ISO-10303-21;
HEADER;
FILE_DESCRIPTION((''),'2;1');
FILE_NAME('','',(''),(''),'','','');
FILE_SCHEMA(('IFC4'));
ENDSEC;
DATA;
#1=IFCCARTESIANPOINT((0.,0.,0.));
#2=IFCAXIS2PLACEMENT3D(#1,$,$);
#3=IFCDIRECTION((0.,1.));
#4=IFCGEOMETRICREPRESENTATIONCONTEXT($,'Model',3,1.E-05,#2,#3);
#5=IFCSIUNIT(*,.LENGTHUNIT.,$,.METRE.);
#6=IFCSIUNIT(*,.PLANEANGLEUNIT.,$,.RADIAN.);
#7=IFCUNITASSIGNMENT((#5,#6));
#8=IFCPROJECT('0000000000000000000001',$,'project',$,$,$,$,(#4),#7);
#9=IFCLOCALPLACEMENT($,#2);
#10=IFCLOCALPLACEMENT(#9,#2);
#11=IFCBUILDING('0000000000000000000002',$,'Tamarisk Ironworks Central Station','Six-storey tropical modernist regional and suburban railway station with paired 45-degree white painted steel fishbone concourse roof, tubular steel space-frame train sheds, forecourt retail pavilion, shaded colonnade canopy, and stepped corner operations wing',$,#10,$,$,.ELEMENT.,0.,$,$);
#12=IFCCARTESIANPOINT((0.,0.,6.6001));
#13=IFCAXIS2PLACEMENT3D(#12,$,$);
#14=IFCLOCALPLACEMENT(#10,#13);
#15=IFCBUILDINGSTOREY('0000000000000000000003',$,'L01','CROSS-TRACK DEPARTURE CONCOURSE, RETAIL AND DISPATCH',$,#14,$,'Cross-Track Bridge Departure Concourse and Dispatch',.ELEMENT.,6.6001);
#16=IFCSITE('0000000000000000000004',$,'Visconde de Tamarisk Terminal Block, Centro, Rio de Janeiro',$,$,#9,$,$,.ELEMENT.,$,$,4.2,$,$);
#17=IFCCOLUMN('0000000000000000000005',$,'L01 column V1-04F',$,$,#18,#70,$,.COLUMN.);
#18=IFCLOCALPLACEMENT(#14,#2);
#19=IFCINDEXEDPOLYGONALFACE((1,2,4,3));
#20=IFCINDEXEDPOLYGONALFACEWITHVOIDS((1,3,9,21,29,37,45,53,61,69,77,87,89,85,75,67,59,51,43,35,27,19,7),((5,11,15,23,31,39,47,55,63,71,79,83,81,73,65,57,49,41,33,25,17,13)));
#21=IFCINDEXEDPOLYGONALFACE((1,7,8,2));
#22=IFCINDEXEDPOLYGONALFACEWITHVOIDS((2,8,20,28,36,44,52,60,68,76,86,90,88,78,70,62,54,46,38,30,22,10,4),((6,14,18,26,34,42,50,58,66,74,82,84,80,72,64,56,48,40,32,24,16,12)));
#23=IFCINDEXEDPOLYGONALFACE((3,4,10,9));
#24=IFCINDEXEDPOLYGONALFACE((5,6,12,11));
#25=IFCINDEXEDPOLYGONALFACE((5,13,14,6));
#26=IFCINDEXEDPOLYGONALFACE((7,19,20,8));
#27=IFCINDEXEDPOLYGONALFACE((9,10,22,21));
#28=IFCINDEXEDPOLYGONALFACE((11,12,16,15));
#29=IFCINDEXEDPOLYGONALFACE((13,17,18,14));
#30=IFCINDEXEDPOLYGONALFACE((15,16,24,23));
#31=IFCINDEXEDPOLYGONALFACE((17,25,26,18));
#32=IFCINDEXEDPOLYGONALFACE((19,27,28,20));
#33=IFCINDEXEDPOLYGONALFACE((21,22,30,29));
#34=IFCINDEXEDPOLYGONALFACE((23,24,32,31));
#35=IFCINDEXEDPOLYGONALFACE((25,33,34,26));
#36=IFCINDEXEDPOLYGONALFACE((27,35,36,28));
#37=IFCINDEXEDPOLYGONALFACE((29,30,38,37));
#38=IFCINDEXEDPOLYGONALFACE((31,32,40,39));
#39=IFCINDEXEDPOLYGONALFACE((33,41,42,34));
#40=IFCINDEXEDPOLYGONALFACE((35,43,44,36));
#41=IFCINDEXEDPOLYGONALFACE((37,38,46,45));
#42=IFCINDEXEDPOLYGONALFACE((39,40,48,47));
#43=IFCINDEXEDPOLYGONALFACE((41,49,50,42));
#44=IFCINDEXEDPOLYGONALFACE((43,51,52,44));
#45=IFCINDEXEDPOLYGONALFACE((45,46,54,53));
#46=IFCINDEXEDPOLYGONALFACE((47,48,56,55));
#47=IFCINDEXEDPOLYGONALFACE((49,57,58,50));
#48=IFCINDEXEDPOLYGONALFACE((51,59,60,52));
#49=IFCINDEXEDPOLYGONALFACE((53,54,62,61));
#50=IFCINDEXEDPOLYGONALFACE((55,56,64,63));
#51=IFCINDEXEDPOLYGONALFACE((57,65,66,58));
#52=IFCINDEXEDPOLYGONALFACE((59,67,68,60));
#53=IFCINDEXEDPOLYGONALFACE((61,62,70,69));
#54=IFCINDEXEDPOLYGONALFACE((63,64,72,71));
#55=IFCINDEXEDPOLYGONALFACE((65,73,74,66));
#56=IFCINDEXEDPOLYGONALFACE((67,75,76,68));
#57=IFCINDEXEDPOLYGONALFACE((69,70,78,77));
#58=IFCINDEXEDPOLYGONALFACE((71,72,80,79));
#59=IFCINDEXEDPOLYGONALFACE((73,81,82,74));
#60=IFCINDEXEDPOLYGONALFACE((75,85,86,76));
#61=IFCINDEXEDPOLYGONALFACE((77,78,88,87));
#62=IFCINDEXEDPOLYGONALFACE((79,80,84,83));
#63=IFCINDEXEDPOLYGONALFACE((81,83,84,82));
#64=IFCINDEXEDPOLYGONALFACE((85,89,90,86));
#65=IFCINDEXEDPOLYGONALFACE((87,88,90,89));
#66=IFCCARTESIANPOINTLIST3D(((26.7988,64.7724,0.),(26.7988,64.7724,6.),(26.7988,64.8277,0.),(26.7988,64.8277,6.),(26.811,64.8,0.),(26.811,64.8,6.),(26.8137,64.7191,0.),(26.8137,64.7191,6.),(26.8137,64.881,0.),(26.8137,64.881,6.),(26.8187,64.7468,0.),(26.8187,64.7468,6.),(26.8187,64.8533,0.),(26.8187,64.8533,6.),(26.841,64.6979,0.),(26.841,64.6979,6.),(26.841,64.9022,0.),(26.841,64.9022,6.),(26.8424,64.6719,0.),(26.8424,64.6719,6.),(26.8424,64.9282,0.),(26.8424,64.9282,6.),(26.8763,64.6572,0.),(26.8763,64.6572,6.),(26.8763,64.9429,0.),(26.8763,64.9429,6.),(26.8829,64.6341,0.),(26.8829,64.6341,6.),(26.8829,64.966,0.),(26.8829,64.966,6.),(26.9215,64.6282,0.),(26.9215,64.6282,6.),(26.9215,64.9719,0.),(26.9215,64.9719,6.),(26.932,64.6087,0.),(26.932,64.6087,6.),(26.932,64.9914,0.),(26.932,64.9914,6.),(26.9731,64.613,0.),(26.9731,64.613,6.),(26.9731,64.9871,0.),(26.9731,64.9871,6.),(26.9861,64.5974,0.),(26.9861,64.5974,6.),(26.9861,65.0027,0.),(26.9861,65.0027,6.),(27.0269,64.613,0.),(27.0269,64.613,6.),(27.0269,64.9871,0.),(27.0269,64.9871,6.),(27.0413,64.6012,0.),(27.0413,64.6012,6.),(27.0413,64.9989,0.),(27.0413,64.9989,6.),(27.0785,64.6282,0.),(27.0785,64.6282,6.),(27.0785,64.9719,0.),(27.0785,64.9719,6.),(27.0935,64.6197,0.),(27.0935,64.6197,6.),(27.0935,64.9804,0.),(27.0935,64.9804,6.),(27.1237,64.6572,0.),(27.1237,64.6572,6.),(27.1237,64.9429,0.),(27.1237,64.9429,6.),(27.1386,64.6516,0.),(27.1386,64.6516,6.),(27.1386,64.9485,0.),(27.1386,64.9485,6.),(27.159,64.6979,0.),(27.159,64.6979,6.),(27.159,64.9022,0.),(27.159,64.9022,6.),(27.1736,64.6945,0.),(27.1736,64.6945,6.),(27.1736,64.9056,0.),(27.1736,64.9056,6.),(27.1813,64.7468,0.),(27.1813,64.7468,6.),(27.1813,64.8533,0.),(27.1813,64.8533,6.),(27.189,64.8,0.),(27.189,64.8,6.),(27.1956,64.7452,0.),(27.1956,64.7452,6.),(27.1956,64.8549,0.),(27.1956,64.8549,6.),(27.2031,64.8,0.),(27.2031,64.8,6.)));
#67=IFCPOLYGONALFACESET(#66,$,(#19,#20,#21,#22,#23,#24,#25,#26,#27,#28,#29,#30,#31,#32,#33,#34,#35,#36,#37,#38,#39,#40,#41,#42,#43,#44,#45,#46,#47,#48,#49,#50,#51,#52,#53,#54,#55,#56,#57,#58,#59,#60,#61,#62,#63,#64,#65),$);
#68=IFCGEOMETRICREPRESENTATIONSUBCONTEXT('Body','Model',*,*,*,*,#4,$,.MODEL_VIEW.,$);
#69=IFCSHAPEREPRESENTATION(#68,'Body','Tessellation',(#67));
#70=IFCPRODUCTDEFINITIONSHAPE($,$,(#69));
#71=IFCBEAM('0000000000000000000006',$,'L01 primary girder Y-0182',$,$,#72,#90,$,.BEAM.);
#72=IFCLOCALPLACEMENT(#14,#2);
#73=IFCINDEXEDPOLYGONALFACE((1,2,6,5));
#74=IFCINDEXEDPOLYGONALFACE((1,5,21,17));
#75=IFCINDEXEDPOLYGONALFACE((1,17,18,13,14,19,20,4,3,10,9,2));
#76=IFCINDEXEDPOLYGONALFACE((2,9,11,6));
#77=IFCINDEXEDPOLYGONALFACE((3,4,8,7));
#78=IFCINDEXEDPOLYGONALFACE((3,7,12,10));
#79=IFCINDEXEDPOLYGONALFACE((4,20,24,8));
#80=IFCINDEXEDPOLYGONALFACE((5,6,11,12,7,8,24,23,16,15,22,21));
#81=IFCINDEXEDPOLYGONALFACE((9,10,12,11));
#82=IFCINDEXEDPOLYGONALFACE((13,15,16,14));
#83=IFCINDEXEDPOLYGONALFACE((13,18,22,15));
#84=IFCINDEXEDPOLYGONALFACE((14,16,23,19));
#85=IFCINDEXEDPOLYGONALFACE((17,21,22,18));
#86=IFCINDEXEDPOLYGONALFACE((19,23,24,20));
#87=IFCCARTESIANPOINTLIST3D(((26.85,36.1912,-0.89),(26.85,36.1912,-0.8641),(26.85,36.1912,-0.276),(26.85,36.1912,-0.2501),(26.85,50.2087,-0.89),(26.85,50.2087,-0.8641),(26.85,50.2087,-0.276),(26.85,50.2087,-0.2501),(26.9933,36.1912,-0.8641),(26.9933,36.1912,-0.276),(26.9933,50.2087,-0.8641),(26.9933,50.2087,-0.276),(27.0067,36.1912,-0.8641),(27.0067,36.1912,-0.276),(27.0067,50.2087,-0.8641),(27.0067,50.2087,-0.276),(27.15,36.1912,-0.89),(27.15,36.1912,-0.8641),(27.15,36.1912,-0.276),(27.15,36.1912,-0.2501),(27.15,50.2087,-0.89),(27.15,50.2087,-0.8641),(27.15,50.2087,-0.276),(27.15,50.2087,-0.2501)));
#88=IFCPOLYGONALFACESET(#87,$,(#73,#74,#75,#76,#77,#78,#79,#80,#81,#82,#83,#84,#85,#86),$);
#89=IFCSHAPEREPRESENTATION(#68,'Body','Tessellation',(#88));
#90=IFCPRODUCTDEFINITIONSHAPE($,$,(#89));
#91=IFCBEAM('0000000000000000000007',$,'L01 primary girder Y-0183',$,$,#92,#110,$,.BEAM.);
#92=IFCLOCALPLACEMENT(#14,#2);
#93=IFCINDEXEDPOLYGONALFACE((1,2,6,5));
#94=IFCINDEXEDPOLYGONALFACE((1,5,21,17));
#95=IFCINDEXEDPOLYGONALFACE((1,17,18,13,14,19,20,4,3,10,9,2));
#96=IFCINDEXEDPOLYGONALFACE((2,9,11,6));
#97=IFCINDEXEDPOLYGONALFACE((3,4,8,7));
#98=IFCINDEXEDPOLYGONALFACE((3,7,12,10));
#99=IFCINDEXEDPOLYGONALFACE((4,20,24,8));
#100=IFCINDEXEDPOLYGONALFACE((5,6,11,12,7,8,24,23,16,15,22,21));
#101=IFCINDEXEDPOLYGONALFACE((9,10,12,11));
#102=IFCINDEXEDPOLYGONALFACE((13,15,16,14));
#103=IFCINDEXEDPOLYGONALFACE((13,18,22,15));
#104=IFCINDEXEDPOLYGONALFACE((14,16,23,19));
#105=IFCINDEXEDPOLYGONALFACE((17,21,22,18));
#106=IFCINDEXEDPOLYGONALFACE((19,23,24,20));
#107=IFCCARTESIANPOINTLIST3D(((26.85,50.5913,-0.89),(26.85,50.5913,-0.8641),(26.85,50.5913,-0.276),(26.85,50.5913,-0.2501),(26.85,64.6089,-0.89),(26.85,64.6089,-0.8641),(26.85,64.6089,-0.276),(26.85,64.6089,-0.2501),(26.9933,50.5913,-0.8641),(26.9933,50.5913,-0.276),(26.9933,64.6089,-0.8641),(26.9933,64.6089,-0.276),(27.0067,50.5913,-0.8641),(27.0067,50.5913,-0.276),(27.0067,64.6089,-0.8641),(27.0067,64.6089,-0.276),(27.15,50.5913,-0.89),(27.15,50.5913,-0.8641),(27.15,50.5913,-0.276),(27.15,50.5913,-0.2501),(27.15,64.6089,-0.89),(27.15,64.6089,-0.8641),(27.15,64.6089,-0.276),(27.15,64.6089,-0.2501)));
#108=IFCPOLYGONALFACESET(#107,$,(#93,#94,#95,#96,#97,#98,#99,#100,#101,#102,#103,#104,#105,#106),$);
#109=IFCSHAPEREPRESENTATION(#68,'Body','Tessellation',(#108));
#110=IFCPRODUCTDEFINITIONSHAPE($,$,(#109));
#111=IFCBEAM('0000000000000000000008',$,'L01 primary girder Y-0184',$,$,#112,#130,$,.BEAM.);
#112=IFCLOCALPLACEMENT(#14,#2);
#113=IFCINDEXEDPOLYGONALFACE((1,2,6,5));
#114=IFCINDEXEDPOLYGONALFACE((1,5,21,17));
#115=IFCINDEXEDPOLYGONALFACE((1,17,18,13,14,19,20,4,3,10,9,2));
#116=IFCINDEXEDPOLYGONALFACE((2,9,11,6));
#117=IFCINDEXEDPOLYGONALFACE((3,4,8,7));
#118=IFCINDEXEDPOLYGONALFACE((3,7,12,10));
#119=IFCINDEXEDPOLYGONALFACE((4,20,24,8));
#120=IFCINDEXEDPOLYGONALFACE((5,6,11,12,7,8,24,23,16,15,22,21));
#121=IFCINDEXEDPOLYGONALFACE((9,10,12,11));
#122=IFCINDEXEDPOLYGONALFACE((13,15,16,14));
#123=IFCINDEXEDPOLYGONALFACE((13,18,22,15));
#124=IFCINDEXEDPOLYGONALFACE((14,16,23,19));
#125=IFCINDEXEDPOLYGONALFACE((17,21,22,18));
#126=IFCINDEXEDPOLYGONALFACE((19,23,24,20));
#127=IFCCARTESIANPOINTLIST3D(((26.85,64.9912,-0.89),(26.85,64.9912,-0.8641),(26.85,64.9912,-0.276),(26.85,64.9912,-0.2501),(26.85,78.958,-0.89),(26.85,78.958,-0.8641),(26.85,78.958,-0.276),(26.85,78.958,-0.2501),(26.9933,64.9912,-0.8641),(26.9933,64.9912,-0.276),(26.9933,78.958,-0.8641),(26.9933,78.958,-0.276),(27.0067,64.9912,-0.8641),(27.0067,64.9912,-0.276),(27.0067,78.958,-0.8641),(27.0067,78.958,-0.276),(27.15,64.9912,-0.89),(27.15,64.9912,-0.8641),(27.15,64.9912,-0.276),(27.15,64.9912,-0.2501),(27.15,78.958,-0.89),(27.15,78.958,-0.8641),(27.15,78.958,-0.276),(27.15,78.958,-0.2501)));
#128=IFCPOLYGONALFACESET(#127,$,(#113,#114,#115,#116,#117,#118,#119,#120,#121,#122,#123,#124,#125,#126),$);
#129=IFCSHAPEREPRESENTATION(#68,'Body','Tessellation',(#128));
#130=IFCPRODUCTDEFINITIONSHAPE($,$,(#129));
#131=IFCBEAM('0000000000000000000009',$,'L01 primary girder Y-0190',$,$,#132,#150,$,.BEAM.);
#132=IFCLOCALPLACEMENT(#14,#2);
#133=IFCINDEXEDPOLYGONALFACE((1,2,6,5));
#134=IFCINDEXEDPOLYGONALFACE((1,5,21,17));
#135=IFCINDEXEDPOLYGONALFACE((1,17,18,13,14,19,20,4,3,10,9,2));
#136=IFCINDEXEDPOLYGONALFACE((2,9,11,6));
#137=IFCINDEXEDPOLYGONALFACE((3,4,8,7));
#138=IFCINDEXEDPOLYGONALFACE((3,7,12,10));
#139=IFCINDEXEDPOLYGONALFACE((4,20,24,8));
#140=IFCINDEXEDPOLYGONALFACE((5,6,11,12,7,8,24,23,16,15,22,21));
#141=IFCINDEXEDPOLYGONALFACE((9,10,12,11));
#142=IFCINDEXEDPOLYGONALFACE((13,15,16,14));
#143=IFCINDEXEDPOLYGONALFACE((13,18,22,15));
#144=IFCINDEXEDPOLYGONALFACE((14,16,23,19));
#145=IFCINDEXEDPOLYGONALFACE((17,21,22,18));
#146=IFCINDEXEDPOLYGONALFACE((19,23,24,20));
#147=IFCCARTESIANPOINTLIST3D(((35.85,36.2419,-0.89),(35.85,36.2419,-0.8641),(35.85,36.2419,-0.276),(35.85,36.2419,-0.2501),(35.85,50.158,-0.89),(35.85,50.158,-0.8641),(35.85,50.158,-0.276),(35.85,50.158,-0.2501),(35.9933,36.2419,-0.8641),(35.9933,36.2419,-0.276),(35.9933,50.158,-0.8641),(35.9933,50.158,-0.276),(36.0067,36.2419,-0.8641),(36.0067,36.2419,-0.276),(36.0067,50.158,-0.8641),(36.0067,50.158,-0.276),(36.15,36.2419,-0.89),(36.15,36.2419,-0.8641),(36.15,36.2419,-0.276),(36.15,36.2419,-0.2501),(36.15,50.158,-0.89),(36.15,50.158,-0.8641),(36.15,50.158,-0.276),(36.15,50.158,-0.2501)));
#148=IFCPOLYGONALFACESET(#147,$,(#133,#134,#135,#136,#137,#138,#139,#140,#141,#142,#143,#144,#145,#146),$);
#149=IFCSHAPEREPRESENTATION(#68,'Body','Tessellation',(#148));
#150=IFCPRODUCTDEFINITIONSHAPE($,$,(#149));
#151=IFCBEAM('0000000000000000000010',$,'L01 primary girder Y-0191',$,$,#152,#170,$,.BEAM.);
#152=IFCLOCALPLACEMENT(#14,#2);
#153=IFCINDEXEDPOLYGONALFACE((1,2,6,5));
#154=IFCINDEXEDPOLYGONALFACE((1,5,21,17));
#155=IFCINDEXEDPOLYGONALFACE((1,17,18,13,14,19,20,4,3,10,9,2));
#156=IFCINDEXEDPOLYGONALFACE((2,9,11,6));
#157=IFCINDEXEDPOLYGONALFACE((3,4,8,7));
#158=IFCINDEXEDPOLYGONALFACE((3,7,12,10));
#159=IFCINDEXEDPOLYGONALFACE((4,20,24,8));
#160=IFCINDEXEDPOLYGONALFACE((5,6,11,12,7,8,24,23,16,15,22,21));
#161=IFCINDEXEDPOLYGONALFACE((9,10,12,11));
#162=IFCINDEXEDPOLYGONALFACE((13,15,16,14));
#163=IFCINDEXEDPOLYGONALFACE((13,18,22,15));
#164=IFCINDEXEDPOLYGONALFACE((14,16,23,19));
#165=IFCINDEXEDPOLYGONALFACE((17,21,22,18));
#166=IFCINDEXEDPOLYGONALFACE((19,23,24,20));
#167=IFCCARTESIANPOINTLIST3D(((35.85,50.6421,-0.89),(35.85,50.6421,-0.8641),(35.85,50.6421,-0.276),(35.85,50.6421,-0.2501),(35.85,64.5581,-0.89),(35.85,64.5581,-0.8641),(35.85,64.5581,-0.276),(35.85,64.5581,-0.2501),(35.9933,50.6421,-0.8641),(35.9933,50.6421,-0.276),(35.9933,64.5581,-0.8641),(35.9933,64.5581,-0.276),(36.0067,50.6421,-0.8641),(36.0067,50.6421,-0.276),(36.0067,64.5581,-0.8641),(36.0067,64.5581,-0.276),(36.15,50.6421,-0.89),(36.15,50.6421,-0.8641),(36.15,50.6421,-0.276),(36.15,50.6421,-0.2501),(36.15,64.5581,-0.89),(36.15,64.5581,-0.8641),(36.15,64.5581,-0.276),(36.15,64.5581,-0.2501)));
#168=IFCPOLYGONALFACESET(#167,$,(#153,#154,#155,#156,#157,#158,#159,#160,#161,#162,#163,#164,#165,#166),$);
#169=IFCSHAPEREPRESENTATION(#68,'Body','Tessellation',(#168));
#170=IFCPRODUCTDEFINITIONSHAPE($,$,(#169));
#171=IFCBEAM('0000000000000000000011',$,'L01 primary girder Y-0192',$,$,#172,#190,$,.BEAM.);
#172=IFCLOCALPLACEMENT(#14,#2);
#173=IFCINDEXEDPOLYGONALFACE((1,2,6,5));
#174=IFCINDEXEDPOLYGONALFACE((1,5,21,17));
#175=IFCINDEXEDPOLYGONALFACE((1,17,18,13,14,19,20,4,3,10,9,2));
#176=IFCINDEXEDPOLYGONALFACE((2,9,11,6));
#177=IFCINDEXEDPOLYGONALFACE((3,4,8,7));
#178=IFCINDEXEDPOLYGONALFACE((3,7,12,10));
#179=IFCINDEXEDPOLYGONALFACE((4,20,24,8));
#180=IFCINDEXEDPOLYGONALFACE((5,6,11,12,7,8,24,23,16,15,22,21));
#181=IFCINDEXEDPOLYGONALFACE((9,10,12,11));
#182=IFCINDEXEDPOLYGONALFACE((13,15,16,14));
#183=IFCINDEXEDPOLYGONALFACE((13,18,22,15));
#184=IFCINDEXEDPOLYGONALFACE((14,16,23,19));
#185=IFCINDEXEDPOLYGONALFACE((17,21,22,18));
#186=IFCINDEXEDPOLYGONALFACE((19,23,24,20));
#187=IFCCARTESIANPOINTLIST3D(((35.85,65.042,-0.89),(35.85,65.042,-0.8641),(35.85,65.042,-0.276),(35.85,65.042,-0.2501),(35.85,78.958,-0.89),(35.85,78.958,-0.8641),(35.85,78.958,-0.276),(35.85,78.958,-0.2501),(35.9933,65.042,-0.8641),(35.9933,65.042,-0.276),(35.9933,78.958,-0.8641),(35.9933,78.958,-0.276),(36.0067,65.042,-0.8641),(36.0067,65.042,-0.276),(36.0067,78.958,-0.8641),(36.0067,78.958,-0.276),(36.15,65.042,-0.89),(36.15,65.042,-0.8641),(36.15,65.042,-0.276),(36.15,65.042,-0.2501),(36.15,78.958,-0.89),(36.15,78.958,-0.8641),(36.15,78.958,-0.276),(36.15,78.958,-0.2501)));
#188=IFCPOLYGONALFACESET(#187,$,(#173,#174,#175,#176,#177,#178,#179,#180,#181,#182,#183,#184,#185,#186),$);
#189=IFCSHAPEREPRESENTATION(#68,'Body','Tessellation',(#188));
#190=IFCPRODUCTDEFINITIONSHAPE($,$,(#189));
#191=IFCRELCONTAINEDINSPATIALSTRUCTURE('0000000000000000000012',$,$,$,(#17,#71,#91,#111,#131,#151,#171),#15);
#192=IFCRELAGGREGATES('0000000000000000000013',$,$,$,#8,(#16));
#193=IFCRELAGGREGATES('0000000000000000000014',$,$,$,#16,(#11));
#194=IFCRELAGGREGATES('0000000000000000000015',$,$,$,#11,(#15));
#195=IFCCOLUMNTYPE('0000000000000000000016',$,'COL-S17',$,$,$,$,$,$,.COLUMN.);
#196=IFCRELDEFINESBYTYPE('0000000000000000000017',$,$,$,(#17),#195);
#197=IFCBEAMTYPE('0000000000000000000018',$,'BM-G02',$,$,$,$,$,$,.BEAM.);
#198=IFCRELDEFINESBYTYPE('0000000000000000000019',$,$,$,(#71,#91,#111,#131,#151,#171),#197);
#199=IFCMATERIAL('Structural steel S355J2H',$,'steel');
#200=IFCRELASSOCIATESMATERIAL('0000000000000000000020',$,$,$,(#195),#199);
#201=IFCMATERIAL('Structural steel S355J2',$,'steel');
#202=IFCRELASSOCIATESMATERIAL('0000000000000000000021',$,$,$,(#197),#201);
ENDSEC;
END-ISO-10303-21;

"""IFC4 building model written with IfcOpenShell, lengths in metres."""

from ifc_helpers import new_model, si_unit, direction, frame, origin, origin_2d, place, context, subcontext, project, spatial, hollow_circle, i_section, extrude, material, material_profile, profile_set, type_object, element, save


model = new_model("IFC4")

# Units and contexts
model_context = context("Model", 3, precision=1e-05, world=origin(), true_north=direction((0.0, 1.0)))
body_context = subcontext(model_context, "Body", "Model", "MODEL_VIEW")
ifc_project = project(units=[si_unit("LENGTHUNIT", "METRE"), si_unit("PLANEANGLEUNIT", "RADIAN")], contexts=[model_context])

# Site, building, storey
site_placement = place(None, origin())
site = spatial("IfcSite", under=ifc_project, at=site_placement, Name="Visconde de Tamarisk Terminal Block, Centro, Rio de Janeiro", CompositionType="ELEMENT", RefElevation=4.2)
building_placement = place(site_placement, origin())
building = spatial("IfcBuilding", under=site, at=building_placement, Name="Tamarisk Ironworks Central Station", Description="Six-storey tropical modernist regional and suburban railway station with paired 45-degree white painted steel fishbone concourse roof, tubular steel space-frame train sheds, forecourt retail pavilion, shaded colonnade canopy, and stepped corner operations wing", CompositionType="ELEMENT", ElevationOfRefHeight=0.0)
storey_placement = place(building_placement, frame((0.0, 0.0, 6.6001)))
storey = spatial("IfcBuildingStorey", under=building, at=storey_placement, Name="L01", Description="CROSS-TRACK DEPARTURE CONCOURSE, RETAIL AND DISPATCH", LongName="Cross-Track Bridge Departure Concourse and Dispatch", CompositionType="ELEMENT", Elevation=6.6001)

# Column
ifc_material_1 = material(Name="Structural steel S355J2H", Category="steel")
ifc_material_profile_1 = material_profile(ifc_material_1, hollow_circle(Radius=0.2031, WallThickness=0.0142, at=origin_2d()), Name="CHS 406.4x14.2")
ifc_profile_set_1 = profile_set([ifc_material_profile_1], Name="Structural steel S355J2H")
column_type_1 = type_object("IfcColumnType", Name="COL-S17", PredefinedType="COLUMN", material=ifc_profile_set_1)
for number, where, z_axis, x_axis, name in (
    (1, (27.0, 64.8, 0.0), (0.0, 0.0, 1.0), (1.0, 0.0, 0.0), "L01 column V1-04F"),
):
    element("IfcColumn", number, at=place(storey_placement, frame(where, z_axis=z_axis, x_axis=x_axis)), inside=storey, type_object=column_type_1, Name=name, PredefinedType="COLUMN", context=body_context, shape_type="SweptSolid", body=[
        extrude(hollow_circle(Radius=0.2031, WallThickness=0.0142, at=origin_2d()), origin(), (0.0, 0.0, 1.0), 6.0),
    ])

# Beams
ifc_material_2 = material(Name="Structural steel S355J2", Category="steel")
ifc_material_profile_2 = material_profile(ifc_material_2, i_section(OverallWidth=0.3, OverallDepth=0.6399, WebThickness=0.0134, FlangeThickness=0.0259, at=origin_2d()), Name="HEA 650")
ifc_profile_set_2 = profile_set([ifc_material_profile_2], Name="Structural steel S355J2")
beam_type_1 = type_object("IfcBeamType", Name="BM-G02", PredefinedType="BEAM", material=ifc_profile_set_2)
for number, where, z_axis, x_axis, name in (
    (2, (27.0, 36.1912, -0.5701), (0.0, 1.0, 0.0), (-1.0, 0.0, 0.0), "L01 primary girder Y-0182"),
    (3, (27.0, 50.5913, -0.5701), (0.0, 1.0, 0.0), (-1.0, 0.0, 0.0), "L01 primary girder Y-0183"),
):
    element("IfcBeam", number, at=place(storey_placement, frame(where, z_axis=z_axis, x_axis=x_axis)), inside=storey, type_object=beam_type_1, Name=name, PredefinedType="BEAM", context=body_context, shape_type="SweptSolid", body=[
        extrude(i_section(OverallWidth=0.3, OverallDepth=0.6399, WebThickness=0.0134, FlangeThickness=0.0259, at=origin_2d()), origin(), (0.0, 0.0, 1.0), 14.0176),
    ])
beam_1_placement = place(storey_placement, frame((27.0, 64.9912, -0.5701), z_axis=(0.0, 1.0, 0.0), x_axis=(-1.0, 0.0, 0.0)))
element("IfcBeam", 4, at=beam_1_placement, inside=storey, type_object=beam_type_1, Name="L01 primary girder Y-0184", PredefinedType="BEAM", context=body_context, shape_type="SweptSolid", body=[
    extrude(i_section(OverallWidth=0.3, OverallDepth=0.6399, WebThickness=0.0134, FlangeThickness=0.0259, at=origin_2d()), origin(), (0.0, 0.0, 1.0), 13.9668),
])
for number, where, z_axis, x_axis, name in (
    (5, (36.0, 36.2419, -0.5701), (0.0, 1.0, 0.0), (-1.0, 0.0, 0.0), "L01 primary girder Y-0190"),
    (6, (36.0, 50.6421, -0.5701), (0.0, 1.0, 0.0), (-1.0, 0.0, 0.0), "L01 primary girder Y-0191"),
    (7, (36.0, 65.042, -0.5701), (0.0, 1.0, 0.0), (-1.0, 0.0, 0.0), "L01 primary girder Y-0192"),
):
    element("IfcBeam", number, at=place(storey_placement, frame(where, z_axis=z_axis, x_axis=x_axis)), inside=storey, type_object=beam_type_1, Name=name, PredefinedType="BEAM", context=body_context, shape_type="SweptSolid", body=[
        extrude(i_section(OverallWidth=0.3, OverallDepth=0.6399, WebThickness=0.0134, FlangeThickness=0.0259, at=origin_2d()), origin(), (0.0, 0.0, 1.0), 13.916),
    ])

save(model, "model.ifc")
